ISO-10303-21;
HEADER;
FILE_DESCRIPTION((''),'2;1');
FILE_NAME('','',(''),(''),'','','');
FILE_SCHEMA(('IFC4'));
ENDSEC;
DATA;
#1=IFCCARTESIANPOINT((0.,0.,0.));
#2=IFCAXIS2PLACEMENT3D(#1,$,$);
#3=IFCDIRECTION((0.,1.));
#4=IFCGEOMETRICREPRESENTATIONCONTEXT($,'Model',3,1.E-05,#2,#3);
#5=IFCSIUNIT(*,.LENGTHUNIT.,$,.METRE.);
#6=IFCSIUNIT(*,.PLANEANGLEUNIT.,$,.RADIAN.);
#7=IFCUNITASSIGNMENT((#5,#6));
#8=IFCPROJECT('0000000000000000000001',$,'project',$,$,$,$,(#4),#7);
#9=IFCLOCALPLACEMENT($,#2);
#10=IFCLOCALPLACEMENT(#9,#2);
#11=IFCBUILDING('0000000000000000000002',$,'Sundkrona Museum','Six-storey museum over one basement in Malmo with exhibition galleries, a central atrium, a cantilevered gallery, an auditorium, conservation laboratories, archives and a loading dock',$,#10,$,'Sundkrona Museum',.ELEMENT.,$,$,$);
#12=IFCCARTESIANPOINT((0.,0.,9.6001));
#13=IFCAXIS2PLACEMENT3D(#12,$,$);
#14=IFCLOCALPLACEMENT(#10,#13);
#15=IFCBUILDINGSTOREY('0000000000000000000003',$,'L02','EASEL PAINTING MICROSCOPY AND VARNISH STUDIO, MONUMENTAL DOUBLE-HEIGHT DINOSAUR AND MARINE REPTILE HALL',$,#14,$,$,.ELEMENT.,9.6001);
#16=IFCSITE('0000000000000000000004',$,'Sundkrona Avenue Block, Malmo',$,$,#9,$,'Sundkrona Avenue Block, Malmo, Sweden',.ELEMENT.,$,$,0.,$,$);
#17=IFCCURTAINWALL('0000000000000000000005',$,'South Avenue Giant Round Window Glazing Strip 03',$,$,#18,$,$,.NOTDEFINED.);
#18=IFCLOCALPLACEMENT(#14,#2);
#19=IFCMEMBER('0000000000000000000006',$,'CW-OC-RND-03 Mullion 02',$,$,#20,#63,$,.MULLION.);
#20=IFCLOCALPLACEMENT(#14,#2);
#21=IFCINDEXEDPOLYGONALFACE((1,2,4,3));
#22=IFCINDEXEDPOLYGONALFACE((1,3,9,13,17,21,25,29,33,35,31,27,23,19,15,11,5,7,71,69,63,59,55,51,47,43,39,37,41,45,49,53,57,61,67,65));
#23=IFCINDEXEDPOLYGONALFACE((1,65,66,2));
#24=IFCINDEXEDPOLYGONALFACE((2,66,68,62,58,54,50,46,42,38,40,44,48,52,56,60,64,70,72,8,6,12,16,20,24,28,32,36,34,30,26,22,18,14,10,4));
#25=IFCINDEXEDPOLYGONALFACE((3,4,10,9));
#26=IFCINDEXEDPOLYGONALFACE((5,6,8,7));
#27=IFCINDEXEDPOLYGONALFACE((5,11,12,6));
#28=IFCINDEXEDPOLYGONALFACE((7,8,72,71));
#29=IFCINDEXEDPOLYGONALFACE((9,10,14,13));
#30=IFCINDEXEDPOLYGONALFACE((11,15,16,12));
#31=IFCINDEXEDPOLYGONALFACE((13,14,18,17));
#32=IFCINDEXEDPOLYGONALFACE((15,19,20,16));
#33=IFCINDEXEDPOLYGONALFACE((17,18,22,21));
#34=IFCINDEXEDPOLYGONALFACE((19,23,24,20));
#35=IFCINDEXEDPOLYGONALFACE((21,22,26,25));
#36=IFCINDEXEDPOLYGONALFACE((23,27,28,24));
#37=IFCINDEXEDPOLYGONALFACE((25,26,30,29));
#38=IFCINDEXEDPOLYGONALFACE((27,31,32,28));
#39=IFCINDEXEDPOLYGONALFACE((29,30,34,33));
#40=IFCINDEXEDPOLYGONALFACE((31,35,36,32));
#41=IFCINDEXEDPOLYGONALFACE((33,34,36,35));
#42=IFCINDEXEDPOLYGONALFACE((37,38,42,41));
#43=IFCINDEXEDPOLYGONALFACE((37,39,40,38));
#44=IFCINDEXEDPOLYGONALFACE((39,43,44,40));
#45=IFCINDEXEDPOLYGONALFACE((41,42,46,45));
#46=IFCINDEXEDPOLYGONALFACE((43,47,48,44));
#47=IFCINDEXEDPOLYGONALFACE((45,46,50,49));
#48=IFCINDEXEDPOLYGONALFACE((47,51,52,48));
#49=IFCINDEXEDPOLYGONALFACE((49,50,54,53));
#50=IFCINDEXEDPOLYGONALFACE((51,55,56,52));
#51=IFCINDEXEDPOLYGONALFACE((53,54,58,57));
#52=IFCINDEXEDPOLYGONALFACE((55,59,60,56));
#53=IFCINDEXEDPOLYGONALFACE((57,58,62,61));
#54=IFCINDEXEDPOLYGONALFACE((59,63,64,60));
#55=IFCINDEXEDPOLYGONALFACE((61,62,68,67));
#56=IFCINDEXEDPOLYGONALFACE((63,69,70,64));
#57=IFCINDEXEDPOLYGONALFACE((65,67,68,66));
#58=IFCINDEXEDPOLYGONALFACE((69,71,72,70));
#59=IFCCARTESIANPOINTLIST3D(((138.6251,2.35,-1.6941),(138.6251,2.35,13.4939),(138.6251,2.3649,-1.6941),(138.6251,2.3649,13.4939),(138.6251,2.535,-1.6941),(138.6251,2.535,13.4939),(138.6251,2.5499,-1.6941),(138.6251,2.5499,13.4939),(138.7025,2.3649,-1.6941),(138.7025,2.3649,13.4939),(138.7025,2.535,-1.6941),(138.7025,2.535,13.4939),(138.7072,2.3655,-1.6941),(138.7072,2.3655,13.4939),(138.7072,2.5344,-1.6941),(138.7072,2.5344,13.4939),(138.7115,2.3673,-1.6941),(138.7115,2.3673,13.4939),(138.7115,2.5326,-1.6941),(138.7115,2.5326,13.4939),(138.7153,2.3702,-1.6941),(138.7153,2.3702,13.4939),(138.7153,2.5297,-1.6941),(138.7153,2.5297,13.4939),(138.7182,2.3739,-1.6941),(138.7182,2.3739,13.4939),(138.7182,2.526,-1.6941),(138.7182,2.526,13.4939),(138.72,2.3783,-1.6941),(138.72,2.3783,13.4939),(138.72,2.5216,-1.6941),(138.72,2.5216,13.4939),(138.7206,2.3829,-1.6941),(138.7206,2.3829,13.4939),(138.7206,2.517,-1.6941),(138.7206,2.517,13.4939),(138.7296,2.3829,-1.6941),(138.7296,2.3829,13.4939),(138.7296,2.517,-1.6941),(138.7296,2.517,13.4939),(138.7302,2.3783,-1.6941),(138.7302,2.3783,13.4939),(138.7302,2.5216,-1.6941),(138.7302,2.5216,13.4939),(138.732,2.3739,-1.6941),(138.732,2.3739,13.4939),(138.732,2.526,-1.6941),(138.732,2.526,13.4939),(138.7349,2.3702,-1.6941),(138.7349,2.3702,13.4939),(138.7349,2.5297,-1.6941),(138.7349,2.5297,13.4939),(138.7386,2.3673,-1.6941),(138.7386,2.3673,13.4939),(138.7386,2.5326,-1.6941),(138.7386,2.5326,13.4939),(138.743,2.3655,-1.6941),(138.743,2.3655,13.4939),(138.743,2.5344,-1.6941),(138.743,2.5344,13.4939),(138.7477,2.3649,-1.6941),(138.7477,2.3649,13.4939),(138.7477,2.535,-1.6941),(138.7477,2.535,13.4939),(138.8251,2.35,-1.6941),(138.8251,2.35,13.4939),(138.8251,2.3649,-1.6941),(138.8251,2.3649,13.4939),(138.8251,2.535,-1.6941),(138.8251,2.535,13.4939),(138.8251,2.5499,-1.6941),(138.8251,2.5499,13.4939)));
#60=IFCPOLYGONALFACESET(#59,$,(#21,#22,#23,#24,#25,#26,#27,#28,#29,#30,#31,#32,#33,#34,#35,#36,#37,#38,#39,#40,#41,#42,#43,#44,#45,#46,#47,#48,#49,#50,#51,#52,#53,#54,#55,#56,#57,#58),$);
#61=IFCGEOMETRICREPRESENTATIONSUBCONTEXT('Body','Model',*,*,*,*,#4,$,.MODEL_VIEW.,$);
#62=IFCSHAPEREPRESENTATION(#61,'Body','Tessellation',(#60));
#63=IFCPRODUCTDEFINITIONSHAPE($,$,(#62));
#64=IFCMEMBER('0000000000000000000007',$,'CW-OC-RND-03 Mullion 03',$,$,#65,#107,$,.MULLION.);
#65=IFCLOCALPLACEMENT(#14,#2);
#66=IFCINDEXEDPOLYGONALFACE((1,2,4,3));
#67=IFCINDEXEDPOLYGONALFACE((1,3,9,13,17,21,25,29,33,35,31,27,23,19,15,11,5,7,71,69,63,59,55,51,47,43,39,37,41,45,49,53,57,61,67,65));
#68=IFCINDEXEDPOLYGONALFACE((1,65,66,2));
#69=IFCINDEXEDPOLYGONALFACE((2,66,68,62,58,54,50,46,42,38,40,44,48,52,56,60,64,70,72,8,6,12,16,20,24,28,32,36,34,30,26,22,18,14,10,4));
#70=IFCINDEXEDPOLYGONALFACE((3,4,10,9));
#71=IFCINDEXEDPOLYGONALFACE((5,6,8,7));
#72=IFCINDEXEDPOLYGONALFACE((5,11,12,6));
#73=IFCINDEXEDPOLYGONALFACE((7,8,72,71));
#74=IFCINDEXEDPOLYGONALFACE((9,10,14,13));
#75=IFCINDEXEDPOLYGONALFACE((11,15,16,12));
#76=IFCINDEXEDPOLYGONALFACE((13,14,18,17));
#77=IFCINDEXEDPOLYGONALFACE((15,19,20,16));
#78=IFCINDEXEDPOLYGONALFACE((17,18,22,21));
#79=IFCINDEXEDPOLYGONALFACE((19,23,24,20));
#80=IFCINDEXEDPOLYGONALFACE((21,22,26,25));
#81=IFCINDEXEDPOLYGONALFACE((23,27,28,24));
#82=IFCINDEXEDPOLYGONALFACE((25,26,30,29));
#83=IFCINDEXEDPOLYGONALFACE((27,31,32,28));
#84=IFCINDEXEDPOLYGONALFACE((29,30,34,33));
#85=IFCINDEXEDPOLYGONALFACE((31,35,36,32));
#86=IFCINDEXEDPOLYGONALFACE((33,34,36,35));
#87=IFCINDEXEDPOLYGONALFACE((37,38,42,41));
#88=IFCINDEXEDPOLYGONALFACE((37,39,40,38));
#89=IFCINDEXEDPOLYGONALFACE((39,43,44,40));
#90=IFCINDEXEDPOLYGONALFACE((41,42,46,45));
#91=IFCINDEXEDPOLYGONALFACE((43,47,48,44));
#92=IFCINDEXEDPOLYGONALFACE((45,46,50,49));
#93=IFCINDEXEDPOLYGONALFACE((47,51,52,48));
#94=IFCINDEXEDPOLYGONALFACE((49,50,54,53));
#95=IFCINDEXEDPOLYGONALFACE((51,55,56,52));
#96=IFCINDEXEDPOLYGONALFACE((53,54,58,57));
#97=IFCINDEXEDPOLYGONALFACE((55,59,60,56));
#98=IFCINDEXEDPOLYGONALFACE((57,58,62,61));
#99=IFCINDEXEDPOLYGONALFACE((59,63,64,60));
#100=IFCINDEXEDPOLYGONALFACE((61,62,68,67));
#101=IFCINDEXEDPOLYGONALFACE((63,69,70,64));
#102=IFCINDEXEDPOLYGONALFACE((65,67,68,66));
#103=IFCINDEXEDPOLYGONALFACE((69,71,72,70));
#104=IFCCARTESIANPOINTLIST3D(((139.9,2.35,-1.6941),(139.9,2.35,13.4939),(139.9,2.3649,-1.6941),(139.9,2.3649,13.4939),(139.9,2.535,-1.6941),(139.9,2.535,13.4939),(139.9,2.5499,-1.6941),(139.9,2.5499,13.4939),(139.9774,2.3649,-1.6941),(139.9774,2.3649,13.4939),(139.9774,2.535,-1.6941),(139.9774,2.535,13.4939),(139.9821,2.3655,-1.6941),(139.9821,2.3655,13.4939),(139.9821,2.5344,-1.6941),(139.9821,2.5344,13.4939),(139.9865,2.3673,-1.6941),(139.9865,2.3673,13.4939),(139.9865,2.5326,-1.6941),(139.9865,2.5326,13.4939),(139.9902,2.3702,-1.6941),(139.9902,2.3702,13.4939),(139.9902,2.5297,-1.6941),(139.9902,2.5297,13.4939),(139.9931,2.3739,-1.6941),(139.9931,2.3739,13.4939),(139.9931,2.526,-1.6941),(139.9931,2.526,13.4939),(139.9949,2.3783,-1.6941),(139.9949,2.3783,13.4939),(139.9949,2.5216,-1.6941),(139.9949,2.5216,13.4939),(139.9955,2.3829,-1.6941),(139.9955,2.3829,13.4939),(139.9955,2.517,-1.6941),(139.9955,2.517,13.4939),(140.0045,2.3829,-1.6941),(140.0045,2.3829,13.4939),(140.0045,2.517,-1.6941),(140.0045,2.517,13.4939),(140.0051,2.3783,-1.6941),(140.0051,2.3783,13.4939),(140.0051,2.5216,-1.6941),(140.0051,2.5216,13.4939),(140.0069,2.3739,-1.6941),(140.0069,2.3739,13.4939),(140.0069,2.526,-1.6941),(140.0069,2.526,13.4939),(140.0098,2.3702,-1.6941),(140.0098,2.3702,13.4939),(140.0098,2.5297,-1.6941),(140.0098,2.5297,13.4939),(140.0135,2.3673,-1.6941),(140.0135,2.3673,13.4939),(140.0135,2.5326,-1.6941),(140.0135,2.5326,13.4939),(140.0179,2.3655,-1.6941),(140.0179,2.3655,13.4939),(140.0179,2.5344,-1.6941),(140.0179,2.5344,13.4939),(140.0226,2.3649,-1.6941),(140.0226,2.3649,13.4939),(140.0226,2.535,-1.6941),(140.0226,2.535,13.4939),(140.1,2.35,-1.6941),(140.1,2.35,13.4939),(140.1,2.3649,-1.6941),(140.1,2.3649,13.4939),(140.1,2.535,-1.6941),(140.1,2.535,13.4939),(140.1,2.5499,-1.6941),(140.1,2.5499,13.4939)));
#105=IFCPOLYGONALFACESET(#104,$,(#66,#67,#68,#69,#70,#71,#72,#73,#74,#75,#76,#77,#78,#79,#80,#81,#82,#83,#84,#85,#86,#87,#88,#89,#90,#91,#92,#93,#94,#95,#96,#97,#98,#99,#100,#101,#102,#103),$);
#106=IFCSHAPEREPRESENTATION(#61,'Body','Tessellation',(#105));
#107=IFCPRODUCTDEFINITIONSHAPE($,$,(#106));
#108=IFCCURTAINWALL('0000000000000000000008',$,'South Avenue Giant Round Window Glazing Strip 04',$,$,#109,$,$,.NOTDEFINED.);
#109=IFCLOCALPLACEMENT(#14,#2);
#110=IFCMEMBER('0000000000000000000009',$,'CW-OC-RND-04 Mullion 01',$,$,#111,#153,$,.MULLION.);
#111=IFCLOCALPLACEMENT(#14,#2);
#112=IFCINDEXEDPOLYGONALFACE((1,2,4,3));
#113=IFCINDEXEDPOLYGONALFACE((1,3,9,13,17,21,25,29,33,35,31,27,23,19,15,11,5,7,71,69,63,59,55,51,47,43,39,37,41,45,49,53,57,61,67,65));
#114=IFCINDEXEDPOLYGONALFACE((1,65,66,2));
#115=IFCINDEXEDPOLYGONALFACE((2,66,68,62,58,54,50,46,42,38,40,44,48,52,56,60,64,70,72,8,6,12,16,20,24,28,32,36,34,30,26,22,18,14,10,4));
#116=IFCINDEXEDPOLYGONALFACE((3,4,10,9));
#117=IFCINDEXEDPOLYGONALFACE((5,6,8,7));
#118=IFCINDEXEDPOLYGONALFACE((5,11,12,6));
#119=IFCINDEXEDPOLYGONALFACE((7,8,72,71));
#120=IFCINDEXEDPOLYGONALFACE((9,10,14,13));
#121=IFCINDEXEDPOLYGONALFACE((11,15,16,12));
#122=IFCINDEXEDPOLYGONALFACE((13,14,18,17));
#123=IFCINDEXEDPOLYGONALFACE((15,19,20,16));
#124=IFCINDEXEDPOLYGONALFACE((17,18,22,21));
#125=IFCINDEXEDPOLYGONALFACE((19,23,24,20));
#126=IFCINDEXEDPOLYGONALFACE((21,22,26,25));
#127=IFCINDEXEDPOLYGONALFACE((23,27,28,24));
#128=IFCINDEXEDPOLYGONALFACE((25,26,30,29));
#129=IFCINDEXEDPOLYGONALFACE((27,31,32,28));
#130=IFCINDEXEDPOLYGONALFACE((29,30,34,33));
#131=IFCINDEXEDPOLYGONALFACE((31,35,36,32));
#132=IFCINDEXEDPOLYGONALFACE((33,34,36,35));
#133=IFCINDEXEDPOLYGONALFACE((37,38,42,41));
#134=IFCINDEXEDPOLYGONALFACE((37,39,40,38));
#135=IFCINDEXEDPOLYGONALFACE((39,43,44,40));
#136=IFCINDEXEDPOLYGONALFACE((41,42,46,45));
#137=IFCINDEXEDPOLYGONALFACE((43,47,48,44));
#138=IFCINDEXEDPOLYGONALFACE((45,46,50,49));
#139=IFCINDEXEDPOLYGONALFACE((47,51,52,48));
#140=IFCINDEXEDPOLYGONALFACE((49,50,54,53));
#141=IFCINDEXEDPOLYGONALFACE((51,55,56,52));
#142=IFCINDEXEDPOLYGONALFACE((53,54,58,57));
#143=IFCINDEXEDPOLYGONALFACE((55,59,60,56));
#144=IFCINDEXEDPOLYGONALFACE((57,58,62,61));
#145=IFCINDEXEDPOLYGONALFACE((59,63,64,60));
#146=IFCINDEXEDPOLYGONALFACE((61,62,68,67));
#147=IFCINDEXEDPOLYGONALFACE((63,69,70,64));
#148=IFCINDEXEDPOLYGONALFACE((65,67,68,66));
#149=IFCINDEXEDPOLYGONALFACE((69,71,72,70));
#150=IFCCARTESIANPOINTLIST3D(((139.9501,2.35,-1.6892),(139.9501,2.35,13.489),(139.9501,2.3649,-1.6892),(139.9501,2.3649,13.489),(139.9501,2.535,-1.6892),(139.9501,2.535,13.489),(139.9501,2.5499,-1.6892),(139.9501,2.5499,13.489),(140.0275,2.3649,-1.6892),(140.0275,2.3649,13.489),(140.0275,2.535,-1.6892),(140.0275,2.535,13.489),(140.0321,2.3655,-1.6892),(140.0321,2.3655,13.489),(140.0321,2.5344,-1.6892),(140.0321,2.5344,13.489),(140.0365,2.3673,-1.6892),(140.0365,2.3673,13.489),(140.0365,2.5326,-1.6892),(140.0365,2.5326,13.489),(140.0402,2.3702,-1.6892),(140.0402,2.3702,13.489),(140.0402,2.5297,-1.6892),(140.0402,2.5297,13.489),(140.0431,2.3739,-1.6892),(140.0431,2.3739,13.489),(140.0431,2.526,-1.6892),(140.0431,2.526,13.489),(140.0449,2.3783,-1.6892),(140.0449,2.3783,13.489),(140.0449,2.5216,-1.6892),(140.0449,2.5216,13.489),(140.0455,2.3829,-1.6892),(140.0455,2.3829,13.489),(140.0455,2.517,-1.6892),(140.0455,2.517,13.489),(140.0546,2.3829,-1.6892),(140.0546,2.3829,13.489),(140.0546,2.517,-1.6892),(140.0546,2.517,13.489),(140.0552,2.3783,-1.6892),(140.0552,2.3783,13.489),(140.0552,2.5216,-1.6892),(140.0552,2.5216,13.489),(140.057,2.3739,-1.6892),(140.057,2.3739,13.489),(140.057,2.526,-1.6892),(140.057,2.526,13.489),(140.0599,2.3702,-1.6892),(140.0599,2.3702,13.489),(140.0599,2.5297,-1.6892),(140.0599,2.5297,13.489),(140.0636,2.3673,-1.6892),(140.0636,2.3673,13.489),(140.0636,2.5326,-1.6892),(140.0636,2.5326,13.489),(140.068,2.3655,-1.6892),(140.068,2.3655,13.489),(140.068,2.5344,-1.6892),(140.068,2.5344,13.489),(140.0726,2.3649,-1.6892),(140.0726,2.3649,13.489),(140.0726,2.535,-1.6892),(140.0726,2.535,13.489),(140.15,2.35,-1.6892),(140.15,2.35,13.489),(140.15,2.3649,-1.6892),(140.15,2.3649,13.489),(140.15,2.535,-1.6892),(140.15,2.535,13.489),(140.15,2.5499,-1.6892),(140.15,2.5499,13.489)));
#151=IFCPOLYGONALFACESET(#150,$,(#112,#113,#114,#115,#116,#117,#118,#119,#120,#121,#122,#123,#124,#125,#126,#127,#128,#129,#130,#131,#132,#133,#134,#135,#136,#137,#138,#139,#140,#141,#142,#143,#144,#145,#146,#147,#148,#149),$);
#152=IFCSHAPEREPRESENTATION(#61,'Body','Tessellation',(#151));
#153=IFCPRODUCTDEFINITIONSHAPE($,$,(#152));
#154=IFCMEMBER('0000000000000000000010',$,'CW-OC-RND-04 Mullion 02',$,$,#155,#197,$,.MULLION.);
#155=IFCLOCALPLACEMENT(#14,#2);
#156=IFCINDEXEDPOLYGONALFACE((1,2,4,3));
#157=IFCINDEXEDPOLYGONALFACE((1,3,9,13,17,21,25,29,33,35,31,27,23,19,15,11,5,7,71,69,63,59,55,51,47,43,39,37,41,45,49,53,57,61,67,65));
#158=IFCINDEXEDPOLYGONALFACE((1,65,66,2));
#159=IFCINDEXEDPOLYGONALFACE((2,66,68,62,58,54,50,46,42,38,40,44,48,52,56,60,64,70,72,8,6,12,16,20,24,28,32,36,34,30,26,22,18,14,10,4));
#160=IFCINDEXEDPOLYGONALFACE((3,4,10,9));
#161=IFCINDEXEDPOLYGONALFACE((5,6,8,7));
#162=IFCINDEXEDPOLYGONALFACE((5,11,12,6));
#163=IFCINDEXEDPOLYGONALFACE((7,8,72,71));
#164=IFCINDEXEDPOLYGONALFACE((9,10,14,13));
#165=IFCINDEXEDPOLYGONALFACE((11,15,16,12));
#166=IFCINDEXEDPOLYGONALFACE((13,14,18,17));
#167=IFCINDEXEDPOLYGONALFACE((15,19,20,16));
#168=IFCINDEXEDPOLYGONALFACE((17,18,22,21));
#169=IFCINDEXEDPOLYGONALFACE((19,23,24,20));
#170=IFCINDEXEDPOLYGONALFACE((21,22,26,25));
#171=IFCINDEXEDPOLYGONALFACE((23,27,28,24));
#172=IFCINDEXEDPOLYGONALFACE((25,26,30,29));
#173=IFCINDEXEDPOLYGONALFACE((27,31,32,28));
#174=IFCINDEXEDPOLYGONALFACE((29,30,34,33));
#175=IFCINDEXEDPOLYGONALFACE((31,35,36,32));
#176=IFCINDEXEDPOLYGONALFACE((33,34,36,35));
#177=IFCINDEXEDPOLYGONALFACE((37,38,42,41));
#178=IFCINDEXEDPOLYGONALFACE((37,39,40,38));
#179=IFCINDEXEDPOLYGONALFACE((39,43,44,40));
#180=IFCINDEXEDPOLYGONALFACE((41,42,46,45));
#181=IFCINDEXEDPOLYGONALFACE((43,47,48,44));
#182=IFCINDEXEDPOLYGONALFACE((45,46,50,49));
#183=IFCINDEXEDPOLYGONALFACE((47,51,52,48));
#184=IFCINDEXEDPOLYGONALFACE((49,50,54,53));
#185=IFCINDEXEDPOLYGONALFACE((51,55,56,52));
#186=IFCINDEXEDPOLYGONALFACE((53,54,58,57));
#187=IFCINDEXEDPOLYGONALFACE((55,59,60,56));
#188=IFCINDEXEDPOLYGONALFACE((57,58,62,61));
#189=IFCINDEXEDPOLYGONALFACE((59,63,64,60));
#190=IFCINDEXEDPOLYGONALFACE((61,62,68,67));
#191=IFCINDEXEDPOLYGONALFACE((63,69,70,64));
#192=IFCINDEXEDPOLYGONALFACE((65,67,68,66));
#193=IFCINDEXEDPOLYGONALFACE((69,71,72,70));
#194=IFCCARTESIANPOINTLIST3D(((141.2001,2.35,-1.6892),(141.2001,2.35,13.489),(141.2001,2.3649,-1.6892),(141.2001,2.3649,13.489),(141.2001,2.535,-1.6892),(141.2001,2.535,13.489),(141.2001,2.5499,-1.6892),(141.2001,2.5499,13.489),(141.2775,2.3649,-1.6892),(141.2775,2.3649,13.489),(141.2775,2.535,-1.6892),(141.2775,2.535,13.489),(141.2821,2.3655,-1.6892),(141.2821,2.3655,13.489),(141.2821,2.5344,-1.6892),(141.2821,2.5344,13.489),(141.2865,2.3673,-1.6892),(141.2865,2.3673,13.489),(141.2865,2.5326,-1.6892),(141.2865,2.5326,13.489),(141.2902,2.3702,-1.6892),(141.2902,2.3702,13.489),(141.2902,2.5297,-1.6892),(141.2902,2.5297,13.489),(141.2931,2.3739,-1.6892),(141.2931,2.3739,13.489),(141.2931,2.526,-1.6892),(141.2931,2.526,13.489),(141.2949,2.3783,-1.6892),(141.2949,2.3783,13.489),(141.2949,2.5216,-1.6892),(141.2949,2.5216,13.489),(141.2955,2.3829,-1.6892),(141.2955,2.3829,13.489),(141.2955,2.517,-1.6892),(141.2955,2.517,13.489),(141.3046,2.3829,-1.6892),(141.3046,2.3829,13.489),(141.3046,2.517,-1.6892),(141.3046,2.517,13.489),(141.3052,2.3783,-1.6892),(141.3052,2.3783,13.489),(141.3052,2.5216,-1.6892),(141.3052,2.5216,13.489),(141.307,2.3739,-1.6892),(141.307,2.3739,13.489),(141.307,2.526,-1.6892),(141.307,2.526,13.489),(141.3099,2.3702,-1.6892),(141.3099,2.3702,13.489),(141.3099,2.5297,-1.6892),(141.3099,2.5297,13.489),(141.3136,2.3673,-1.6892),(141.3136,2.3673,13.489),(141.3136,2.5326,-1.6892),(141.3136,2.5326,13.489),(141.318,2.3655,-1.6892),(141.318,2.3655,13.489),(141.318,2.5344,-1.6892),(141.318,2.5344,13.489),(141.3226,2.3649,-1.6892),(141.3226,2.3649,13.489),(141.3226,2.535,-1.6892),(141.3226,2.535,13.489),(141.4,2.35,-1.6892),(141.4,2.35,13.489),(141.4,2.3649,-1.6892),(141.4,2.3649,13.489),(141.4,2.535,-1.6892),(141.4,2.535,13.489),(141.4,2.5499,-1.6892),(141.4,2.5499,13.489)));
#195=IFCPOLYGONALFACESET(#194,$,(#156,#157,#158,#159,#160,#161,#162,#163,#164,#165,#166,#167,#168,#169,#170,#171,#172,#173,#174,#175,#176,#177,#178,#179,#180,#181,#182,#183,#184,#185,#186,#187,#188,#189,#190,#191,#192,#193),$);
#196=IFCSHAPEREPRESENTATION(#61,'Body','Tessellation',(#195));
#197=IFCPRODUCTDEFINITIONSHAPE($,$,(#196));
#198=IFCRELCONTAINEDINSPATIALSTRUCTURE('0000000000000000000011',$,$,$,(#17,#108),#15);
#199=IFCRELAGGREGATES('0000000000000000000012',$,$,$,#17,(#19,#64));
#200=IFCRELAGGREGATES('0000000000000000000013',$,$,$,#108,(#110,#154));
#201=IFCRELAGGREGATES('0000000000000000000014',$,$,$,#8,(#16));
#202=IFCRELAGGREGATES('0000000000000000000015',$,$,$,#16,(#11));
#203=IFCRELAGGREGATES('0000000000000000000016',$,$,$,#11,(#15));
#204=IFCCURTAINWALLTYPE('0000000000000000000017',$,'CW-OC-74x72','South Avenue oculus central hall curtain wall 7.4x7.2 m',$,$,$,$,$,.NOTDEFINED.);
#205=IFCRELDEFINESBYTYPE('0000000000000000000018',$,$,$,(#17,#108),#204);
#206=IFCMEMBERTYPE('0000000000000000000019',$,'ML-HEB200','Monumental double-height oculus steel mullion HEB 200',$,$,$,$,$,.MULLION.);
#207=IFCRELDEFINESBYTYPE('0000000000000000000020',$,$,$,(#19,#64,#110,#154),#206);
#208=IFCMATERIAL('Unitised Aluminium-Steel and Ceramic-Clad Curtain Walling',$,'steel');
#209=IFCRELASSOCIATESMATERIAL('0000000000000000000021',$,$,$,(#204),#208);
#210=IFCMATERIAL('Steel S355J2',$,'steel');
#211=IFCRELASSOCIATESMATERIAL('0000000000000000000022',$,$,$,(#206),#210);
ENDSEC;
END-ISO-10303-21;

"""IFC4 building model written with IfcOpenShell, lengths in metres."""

from ifc_helpers import new_model, si_unit, direction, frame, origin, origin_2d, place, context, subcontext, project, spatial, i_section, extrude, material, material_profile, profile_set, type_object, element, aggregate, save


model = new_model("IFC4")

# Units and contexts
model_context = context("Model", 3, precision=1e-05, world=origin(), true_north=direction((0.0, 1.0)))
body_context = subcontext(model_context, "Body", "Model", "MODEL_VIEW")
ifc_project = project(units=[si_unit("LENGTHUNIT", "METRE"), si_unit("PLANEANGLEUNIT", "RADIAN")], contexts=[model_context])

# Site, building, storey
site_placement = place(None, origin())
site = spatial("IfcSite", under=ifc_project, at=site_placement, Name="Sundkrona Avenue Block, Malmo", LongName="Sundkrona Avenue Block, Malmo, Sweden", CompositionType="ELEMENT", RefElevation=0.0)
building_placement = place(site_placement, origin())
building = spatial("IfcBuilding", under=site, at=building_placement, Name="Sundkrona Museum", Description="Six-storey museum over one basement in Malmo with exhibition galleries, a central atrium, a cantilevered gallery, an auditorium, conservation laboratories, archives and a loading dock", LongName="Sundkrona Museum", CompositionType="ELEMENT")
storey_placement = place(building_placement, frame((0.0, 0.0, 9.6001)))
storey = spatial("IfcBuildingStorey", under=building, at=storey_placement, Name="L02", Description="EASEL PAINTING MICROSCOPY AND VARNISH STUDIO, MONUMENTAL DOUBLE-HEIGHT DINOSAUR AND MARINE REPTILE HALL", CompositionType="ELEMENT", Elevation=9.6001)

# Shared definitions
ifc_material_1 = material(Name="Steel S355J2", Category="steel")

# Curtain walls, members
ifc_material_2 = material(Name="Unitised Aluminium-Steel and Ceramic-Clad Curtain Walling", Category="steel")
curtain_wall_type = type_object("IfcCurtainWallType", Name="CW-OC-74x72", Description="South Avenue oculus central hall curtain wall 7.4x7.2 m", PredefinedType="NOTDEFINED", material=ifc_material_2)
ifc_material_profile_1 = material_profile(ifc_material_1, i_section(OverallWidth=0.2, OverallDepth=0.2, WebThickness=0.009, FlangeThickness=0.0149, FilletRadius=0.0181, at=origin_2d()), Name="HEB 200")
ifc_profile_set_1 = profile_set([ifc_material_profile_1], Name="Steel S355J2")
member_type_1 = type_object("IfcMemberType", Name="ML-HEB200", Description="Monumental double-height oculus steel mullion HEB 200", PredefinedType="MULLION", material=ifc_profile_set_1)
curtain_wall_1_placement = place(storey_placement, origin())
curtain_wall_1 = element("IfcCurtainWall", 1, at=curtain_wall_1_placement, inside=storey, type_object=curtain_wall_type, Name="South Avenue Giant Round Window Glazing Strip 03", PredefinedType="NOTDEFINED")
member_1_placement = place(storey_placement, frame((138.7251, 2.45, -1.6941), z_axis=(0.0, 0.0, 1.0), x_axis=(1.0, 0.0, 0.0)))
member_1 = element("IfcMember", 2, at=member_1_placement, type_object=member_type_1, Name="CW-OC-RND-03 Mullion 02", PredefinedType="MULLION", context=body_context, shape_type="SweptSolid", body=[
    extrude(i_section(OverallWidth=0.2, OverallDepth=0.2, WebThickness=0.009, FlangeThickness=0.0149, FilletRadius=0.0181, at=origin_2d()), origin(), (0.0, 0.0, 1.0), 15.188),
])
member_2_placement = place(storey_placement, frame((140.0, 2.45, -1.6941), z_axis=(0.0, 0.0, 1.0), x_axis=(1.0, 0.0, 0.0)))
member_2 = element("IfcMember", 3, at=member_2_placement, type_object=member_type_1, Name="CW-OC-RND-03 Mullion 03", PredefinedType="MULLION", context=body_context, shape_type="SweptSolid", body=[
    extrude(i_section(OverallWidth=0.2, OverallDepth=0.2, WebThickness=0.009, FlangeThickness=0.0149, FilletRadius=0.0181, at=origin_2d()), origin(), (0.0, 0.0, 1.0), 15.188),
])
curtain_wall_2_placement = place(storey_placement, origin())
curtain_wall_2 = element("IfcCurtainWall", 4, at=curtain_wall_2_placement, inside=storey, type_object=curtain_wall_type, Name="South Avenue Giant Round Window Glazing Strip 04", PredefinedType="NOTDEFINED")
member_3_placement = place(storey_placement, frame((140.05, 2.45, -1.6892), z_axis=(0.0, 0.0, 1.0), x_axis=(1.0, 0.0, 0.0)))
member_3 = element("IfcMember", 5, at=member_3_placement, type_object=member_type_1, Name="CW-OC-RND-04 Mullion 01", PredefinedType="MULLION", context=body_context, shape_type="SweptSolid", body=[
    extrude(i_section(OverallWidth=0.2, OverallDepth=0.2, WebThickness=0.009, FlangeThickness=0.0149, FilletRadius=0.0181, at=origin_2d()), origin(), (0.0, 0.0, 1.0), 15.1782),
])
member_4_placement = place(storey_placement, frame((141.3, 2.45, -1.6892), z_axis=(0.0, 0.0, 1.0), x_axis=(1.0, 0.0, 0.0)))
member_4 = element("IfcMember", 6, at=member_4_placement, type_object=member_type_1, Name="CW-OC-RND-04 Mullion 02", PredefinedType="MULLION", context=body_context, shape_type="SweptSolid", body=[
    extrude(i_section(OverallWidth=0.2, OverallDepth=0.2, WebThickness=0.009, FlangeThickness=0.0149, FilletRadius=0.0181, at=origin_2d()), origin(), (0.0, 0.0, 1.0), 15.1782),
])

aggregate(curtain_wall_1, [member_1, member_2])
aggregate(curtain_wall_2, [member_3, member_4])

save(model, "model.ifc")
